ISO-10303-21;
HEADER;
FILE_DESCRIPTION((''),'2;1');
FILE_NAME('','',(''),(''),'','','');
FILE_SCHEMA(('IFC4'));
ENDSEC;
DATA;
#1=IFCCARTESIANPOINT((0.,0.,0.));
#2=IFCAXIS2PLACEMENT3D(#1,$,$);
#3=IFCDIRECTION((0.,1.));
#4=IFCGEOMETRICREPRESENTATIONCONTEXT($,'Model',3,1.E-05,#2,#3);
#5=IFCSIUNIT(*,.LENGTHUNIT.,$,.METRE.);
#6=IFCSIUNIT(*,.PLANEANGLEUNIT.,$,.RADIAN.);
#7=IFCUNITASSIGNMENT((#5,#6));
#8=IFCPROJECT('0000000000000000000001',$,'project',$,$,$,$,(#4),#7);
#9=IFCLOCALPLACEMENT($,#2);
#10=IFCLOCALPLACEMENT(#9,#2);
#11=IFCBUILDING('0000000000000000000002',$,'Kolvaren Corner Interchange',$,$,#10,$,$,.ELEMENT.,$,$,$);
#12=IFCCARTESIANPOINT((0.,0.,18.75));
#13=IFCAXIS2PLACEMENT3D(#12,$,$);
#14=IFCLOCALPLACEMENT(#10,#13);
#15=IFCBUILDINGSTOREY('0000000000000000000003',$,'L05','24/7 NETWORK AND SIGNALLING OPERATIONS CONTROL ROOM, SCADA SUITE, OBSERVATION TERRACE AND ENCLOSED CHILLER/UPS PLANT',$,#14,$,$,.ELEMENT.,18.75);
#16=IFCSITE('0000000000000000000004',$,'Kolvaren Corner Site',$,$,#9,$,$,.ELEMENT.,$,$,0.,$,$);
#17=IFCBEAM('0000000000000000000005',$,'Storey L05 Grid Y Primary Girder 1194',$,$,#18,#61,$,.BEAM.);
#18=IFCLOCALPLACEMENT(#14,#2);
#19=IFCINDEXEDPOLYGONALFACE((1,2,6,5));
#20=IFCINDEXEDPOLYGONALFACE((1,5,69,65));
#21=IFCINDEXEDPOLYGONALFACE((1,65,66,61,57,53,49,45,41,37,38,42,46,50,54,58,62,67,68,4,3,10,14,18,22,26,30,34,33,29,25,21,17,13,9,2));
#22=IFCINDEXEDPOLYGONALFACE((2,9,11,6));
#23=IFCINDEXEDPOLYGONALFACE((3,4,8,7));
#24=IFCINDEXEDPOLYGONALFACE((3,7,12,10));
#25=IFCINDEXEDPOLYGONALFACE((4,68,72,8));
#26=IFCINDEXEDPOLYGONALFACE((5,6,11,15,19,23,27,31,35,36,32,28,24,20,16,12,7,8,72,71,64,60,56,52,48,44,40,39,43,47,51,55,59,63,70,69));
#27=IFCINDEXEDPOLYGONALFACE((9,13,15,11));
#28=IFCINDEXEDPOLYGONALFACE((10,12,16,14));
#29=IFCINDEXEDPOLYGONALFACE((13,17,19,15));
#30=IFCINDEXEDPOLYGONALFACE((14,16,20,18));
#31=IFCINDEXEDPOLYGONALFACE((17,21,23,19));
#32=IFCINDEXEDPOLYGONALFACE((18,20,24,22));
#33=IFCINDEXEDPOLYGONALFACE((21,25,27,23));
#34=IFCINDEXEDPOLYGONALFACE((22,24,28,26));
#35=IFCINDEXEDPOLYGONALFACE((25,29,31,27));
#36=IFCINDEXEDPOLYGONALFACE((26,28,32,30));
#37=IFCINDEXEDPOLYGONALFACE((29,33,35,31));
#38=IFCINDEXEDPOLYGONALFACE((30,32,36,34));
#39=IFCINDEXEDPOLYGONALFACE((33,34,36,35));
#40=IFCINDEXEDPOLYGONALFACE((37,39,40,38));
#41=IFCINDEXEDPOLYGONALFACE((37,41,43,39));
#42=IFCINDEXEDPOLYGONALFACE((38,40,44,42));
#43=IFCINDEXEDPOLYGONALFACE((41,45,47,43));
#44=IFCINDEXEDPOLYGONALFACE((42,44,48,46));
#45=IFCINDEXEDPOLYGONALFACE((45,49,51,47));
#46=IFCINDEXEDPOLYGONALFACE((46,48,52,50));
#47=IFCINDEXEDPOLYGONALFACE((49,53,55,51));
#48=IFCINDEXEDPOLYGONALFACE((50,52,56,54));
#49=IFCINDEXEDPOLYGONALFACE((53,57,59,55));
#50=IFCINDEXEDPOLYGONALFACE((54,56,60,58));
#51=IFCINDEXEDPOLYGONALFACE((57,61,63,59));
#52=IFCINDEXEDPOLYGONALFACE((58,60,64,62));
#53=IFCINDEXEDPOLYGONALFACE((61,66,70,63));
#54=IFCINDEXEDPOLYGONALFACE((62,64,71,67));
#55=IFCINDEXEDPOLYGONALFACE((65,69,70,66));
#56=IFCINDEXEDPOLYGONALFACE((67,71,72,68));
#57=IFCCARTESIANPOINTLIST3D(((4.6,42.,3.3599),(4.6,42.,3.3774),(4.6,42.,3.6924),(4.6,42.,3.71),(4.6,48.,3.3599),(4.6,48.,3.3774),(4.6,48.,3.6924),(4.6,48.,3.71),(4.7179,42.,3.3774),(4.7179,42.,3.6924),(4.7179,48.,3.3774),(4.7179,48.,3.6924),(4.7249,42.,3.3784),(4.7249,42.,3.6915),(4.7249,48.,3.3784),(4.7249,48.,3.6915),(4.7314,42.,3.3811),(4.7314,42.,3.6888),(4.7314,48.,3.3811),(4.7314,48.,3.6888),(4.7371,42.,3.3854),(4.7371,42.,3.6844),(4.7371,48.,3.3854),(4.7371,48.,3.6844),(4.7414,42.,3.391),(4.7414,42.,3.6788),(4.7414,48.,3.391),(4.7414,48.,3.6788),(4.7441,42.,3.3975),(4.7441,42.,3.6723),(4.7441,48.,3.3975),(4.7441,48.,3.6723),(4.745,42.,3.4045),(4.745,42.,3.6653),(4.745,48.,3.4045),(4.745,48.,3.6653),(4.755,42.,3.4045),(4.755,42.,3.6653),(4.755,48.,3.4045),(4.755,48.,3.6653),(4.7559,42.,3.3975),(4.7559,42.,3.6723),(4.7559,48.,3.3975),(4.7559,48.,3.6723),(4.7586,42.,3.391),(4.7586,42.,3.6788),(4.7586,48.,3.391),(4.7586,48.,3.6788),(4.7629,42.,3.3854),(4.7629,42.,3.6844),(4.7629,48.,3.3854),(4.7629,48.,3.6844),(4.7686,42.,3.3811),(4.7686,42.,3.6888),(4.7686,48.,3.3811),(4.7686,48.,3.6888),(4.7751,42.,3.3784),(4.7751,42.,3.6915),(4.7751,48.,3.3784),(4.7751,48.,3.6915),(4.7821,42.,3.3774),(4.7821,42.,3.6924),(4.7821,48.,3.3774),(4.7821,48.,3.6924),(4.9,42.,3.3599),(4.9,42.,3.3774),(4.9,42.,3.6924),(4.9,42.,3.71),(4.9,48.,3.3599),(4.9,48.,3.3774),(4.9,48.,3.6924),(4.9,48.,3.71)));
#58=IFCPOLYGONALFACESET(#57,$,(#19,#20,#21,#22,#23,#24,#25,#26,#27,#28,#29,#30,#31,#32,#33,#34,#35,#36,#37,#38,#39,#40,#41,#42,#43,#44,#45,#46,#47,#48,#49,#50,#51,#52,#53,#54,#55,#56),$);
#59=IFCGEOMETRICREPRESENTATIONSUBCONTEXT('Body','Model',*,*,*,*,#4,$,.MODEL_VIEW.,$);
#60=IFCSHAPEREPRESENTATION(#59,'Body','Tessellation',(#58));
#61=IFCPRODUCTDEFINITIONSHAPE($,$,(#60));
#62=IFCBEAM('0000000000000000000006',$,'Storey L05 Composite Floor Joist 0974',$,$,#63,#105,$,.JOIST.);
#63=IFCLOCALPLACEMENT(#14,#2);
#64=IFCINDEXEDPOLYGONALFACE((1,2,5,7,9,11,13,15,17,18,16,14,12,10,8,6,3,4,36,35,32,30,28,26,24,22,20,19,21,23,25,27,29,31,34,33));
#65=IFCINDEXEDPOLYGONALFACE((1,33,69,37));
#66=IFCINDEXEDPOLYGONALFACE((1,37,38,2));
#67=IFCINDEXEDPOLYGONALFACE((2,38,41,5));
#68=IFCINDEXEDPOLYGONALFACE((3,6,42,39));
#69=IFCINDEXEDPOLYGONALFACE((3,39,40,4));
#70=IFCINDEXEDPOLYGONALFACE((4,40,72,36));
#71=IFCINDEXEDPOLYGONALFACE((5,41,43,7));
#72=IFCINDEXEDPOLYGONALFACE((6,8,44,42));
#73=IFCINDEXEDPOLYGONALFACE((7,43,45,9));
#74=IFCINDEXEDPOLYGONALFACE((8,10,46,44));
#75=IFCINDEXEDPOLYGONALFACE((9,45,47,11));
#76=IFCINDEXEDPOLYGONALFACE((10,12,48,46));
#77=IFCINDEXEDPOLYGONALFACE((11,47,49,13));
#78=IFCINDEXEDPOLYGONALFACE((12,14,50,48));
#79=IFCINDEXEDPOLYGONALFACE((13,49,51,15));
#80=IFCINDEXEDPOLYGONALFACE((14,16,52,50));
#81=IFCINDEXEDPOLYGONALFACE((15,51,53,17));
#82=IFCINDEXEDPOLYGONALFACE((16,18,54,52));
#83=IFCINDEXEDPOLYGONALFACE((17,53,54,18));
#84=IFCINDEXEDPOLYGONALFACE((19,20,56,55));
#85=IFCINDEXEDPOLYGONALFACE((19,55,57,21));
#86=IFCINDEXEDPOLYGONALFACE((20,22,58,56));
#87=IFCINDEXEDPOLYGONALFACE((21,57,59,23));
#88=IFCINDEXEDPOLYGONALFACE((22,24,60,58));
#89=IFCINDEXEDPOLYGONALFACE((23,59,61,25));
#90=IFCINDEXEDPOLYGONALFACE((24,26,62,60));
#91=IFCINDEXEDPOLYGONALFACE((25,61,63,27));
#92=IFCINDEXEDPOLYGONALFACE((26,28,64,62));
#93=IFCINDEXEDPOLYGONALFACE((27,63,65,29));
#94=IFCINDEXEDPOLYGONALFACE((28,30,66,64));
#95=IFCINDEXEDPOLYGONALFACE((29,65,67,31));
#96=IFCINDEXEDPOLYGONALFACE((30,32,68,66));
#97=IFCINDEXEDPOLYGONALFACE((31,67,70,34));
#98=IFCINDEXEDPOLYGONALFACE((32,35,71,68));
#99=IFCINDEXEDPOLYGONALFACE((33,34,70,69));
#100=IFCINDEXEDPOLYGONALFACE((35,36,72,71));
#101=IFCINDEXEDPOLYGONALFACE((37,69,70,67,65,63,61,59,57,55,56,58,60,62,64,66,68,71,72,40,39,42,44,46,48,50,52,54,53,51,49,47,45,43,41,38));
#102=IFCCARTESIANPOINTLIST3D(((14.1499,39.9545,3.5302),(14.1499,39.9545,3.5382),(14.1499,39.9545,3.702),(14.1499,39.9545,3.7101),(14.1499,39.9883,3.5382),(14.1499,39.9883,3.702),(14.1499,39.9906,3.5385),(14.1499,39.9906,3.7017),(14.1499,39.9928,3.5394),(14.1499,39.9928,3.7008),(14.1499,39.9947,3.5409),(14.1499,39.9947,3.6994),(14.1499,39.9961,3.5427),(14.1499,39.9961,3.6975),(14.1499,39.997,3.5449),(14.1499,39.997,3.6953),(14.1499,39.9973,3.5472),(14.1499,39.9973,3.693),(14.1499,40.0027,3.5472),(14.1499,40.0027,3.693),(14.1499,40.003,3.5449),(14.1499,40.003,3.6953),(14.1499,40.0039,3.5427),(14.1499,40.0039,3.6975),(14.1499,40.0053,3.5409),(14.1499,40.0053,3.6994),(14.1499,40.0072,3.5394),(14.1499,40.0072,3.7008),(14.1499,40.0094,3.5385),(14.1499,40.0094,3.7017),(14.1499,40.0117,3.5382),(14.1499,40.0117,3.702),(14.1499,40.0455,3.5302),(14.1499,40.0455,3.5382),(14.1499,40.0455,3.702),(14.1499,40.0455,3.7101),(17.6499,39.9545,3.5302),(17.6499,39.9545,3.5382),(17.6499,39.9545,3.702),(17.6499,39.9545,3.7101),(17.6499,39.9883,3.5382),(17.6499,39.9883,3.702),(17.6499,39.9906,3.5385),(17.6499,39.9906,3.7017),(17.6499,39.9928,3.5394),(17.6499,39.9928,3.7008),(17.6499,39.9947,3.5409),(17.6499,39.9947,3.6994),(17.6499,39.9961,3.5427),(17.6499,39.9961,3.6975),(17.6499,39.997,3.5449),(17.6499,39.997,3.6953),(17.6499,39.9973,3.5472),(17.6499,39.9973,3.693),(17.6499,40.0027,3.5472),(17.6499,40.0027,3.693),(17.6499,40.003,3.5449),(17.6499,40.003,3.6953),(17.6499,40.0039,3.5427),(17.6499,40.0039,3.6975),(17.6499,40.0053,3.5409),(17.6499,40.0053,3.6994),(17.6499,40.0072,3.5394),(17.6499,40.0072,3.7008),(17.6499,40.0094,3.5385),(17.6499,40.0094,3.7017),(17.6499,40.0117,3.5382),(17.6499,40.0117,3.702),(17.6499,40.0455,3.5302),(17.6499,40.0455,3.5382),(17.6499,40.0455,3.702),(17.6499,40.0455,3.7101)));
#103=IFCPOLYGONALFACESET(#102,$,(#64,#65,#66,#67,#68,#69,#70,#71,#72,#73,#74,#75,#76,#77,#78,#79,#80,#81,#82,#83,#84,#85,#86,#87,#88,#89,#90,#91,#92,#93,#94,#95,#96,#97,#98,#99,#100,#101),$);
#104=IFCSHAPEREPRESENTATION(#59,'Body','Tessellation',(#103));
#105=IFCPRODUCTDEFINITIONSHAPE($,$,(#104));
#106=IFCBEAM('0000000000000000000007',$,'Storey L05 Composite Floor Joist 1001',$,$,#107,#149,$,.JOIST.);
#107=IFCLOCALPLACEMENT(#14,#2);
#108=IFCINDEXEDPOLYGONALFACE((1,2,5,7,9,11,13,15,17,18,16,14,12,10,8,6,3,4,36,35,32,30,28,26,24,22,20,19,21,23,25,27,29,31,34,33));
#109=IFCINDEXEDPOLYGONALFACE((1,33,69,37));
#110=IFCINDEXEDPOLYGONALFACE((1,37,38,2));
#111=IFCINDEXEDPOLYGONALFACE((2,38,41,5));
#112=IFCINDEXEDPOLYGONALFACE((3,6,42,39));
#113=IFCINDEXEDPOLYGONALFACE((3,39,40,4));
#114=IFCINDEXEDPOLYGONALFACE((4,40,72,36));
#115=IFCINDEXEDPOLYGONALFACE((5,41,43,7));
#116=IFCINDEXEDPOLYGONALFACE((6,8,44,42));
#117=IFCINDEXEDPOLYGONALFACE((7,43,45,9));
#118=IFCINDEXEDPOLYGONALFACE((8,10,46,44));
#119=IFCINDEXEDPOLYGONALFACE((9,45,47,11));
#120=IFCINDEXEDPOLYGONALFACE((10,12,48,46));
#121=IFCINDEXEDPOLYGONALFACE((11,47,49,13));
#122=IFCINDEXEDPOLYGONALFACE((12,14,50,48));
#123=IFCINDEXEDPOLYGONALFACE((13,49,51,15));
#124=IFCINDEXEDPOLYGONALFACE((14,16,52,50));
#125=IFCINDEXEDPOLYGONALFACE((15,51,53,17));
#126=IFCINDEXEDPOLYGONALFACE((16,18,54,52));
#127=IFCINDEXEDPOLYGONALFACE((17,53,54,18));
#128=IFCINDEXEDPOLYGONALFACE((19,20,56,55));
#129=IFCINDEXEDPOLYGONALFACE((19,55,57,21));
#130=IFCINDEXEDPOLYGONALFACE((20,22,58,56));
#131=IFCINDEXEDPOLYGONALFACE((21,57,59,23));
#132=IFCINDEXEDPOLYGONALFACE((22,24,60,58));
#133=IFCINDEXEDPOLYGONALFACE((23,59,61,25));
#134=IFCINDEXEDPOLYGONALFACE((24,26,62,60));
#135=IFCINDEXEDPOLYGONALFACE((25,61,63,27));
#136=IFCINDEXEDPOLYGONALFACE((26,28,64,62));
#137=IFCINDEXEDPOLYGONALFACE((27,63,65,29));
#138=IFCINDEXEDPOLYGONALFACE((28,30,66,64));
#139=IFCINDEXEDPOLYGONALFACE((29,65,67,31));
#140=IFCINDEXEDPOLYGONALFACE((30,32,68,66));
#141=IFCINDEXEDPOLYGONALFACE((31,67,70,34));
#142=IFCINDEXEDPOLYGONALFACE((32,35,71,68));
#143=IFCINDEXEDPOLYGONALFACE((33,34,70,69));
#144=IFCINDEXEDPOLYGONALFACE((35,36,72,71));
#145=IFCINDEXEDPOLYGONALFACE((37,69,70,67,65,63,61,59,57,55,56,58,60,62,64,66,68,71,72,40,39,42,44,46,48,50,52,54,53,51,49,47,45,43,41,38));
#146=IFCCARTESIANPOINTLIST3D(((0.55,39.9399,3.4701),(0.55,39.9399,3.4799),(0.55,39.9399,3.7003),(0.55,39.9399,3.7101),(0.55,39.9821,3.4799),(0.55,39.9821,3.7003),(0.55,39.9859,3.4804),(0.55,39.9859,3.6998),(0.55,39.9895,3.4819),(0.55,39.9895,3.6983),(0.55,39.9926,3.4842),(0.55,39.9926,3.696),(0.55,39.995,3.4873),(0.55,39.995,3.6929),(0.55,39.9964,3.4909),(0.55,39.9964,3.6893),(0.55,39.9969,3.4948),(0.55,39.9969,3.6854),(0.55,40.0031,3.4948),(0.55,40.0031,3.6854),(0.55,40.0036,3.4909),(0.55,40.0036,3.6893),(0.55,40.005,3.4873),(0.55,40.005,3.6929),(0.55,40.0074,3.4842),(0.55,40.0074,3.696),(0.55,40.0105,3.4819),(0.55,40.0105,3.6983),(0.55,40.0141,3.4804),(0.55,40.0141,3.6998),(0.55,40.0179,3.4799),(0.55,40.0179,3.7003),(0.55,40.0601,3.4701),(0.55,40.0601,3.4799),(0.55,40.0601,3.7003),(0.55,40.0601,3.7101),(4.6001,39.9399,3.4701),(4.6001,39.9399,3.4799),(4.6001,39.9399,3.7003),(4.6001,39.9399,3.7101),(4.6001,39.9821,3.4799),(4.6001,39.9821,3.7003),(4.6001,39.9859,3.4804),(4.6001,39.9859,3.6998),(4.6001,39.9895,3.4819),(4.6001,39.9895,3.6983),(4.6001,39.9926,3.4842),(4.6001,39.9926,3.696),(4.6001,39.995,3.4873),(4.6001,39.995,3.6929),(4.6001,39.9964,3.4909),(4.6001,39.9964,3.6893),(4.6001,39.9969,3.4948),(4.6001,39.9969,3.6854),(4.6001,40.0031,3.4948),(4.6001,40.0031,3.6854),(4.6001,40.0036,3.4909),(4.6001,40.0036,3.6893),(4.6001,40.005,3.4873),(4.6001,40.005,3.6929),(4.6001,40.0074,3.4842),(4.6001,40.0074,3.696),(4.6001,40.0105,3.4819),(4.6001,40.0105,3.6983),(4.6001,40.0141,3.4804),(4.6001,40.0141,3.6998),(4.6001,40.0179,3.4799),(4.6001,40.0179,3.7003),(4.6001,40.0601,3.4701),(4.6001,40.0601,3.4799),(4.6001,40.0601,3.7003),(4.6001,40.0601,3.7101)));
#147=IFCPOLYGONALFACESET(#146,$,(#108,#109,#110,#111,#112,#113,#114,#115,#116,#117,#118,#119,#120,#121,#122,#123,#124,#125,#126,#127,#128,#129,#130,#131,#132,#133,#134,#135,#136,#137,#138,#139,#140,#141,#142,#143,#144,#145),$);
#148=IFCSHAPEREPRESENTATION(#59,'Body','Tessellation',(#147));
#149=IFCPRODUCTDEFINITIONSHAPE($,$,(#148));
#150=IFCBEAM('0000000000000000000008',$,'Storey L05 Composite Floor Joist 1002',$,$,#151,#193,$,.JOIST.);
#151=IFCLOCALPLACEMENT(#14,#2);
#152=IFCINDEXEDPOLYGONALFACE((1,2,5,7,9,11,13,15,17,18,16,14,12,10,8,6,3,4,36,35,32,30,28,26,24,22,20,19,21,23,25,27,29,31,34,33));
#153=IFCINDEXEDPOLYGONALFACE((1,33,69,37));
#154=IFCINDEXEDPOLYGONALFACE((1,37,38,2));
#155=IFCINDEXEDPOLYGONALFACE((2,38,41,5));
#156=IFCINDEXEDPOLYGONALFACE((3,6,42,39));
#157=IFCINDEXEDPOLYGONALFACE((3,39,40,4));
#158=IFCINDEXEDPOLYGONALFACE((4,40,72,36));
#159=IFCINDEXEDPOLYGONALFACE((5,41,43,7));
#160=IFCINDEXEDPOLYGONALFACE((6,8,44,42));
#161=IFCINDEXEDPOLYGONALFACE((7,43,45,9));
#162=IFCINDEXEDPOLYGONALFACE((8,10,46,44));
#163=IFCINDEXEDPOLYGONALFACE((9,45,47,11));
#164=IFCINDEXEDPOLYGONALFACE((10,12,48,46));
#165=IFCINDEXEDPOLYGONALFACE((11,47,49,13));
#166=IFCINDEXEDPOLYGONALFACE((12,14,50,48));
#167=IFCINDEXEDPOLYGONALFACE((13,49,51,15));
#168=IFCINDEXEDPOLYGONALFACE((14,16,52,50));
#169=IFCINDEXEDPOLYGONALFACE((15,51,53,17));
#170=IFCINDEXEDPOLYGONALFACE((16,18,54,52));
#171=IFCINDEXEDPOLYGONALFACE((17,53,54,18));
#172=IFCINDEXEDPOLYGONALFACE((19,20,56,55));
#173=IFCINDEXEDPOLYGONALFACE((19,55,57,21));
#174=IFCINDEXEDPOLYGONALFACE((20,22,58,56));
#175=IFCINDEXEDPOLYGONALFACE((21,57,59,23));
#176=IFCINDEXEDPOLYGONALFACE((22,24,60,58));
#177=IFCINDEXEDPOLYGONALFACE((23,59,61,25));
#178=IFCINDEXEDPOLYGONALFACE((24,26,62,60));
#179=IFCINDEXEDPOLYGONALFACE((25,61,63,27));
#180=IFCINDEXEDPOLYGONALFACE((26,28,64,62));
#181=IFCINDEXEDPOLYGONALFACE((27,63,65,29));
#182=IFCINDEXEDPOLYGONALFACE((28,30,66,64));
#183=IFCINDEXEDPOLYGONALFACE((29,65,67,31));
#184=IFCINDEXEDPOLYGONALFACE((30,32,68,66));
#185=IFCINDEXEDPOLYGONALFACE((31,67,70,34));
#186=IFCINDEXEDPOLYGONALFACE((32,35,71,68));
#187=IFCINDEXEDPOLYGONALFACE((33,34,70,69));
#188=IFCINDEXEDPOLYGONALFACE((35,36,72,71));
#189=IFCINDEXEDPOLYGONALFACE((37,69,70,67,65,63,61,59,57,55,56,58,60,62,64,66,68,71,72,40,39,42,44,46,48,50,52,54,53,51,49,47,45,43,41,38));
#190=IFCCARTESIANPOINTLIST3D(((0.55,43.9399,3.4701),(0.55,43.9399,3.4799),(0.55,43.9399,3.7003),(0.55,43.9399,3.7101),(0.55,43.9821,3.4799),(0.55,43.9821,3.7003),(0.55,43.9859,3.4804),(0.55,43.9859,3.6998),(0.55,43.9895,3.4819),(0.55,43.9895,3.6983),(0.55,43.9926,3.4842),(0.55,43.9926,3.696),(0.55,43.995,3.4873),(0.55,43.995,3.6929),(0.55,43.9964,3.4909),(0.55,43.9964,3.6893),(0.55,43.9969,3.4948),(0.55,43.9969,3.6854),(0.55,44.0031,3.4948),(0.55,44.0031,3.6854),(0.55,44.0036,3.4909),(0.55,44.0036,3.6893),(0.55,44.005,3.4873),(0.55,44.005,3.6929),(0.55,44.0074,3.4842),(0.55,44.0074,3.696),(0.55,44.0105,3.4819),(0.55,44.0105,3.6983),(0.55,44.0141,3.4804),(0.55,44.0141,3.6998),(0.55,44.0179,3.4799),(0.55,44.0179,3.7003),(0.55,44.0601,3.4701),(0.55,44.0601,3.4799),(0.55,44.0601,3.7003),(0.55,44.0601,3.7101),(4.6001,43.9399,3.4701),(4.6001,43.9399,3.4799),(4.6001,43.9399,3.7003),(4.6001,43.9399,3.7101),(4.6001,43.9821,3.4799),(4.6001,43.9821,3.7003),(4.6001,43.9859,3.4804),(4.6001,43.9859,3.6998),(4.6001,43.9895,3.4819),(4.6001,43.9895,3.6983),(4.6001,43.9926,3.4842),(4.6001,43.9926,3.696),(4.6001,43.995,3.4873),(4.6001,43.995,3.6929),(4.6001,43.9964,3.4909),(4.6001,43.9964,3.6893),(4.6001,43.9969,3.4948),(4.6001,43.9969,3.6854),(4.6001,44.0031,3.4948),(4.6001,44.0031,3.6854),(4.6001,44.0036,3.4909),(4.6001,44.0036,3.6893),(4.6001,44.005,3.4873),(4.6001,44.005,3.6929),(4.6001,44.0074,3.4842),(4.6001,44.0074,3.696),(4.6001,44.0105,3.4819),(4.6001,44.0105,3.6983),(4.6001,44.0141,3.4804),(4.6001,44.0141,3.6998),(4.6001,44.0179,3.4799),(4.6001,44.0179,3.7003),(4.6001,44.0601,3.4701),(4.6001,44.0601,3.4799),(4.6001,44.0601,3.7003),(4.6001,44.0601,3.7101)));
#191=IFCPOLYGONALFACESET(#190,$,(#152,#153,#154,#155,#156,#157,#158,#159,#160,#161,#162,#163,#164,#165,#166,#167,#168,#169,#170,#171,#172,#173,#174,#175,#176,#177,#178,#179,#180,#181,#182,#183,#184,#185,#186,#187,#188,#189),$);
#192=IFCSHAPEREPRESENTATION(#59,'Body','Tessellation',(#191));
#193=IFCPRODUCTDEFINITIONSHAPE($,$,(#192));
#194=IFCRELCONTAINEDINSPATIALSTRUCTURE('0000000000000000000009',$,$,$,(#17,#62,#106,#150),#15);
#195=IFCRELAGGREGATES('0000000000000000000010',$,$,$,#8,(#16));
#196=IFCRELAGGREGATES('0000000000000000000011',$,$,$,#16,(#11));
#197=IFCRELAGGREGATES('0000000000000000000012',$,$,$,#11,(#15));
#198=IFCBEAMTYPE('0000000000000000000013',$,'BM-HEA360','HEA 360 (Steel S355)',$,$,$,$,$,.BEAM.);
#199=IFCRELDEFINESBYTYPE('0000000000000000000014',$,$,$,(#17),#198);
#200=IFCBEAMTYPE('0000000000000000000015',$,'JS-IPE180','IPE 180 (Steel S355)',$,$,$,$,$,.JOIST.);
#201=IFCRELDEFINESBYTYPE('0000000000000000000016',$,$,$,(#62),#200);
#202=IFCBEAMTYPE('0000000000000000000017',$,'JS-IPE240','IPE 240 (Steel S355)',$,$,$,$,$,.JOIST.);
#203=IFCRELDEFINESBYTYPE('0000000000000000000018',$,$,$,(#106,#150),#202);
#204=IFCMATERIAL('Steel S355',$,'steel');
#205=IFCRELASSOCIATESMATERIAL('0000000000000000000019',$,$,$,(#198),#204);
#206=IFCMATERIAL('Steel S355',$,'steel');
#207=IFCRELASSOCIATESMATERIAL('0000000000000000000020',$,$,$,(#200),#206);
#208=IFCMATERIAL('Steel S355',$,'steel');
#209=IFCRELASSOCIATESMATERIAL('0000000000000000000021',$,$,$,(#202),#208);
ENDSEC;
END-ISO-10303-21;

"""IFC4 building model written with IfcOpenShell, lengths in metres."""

from ifc_helpers import new_model, si_unit, direction, frame, origin, origin_2d, place, context, subcontext, project, spatial, i_section, extrude, material, material_profile, profile_set, type_object, element, save


model = new_model("IFC4")

# Units and contexts
model_context = context("Model", 3, precision=1e-05, world=origin(), true_north=direction((0.0, 1.0)))
body_context = subcontext(model_context, "Body", "Model", "MODEL_VIEW")
ifc_project = project(units=[si_unit("LENGTHUNIT", "METRE"), si_unit("PLANEANGLEUNIT", "RADIAN")], contexts=[model_context])

# Site, building, storey
site_placement = place(None, origin())
site = spatial("IfcSite", under=ifc_project, at=site_placement, Name="Kolvaren Corner Site", CompositionType="ELEMENT", RefElevation=0.0)
building_placement = place(site_placement, origin())
building = spatial("IfcBuilding", under=site, at=building_placement, Name="Kolvaren Corner Interchange", CompositionType="ELEMENT")
storey_placement = place(building_placement, frame((0.0, 0.0, 18.75)))
storey = spatial("IfcBuildingStorey", under=building, at=storey_placement, Name="L05", Description="24/7 NETWORK AND SIGNALLING OPERATIONS CONTROL ROOM, SCADA SUITE, OBSERVATION TERRACE AND ENCLOSED CHILLER/UPS PLANT", CompositionType="ELEMENT", Elevation=18.75)

# Beams
ifc_material_1 = material(Name="Steel S355", Category="steel")
ifc_material_profile_1 = material_profile(ifc_material_1, i_section(OverallWidth=0.3, OverallDepth=0.3501, WebThickness=0.01, FlangeThickness=0.0176, FilletRadius=0.0271, at=origin_2d()), Name="HEA 360")
ifc_profile_set_1 = profile_set([ifc_material_profile_1], Name="Steel S355")
beam_type_1 = type_object("IfcBeamType", Name="BM-HEA360", Description="HEA 360 (Steel S355)", PredefinedType="BEAM", material=ifc_profile_set_1)
beam_1_placement = place(storey_placement, frame((4.75, 42.0, 3.5349), z_axis=(0.0, 1.0, 0.0), x_axis=(-1.0, 0.0, 0.0)))
element("IfcBeam", 1, at=beam_1_placement, inside=storey, type_object=beam_type_1, Name="Storey L05 Grid Y Primary Girder 1194", PredefinedType="BEAM", context=body_context, shape_type="SweptSolid", body=[
    extrude(i_section(OverallWidth=0.3, OverallDepth=0.3501, WebThickness=0.01, FlangeThickness=0.0176, FilletRadius=0.0271, at=origin_2d()), origin(), (0.0, 0.0, 1.0), 6.0),
])
ifc_material_2 = material(Name="Steel S355", Category="steel")
ifc_material_profile_2 = material_profile(ifc_material_2, i_section(OverallWidth=0.0911, OverallDepth=0.1799, WebThickness=0.0054, FlangeThickness=0.0081, FilletRadius=0.009, at=origin_2d()), Name="IPE 180")
ifc_profile_set_2 = profile_set([ifc_material_profile_2], Name="Steel S355")
beam_type_2 = type_object("IfcBeamType", Name="JS-IPE180", Description="IPE 180 (Steel S355)", PredefinedType="JOIST", material=ifc_profile_set_2)
beam_2_placement = place(storey_placement, frame((14.1499, 40.0, 3.6201), z_axis=(1.0, 0.0, 0.0), x_axis=(0.0, 1.0, 0.0)))
element("IfcBeam", 2, at=beam_2_placement, inside=storey, type_object=beam_type_2, Name="Storey L05 Composite Floor Joist 0974", PredefinedType="JOIST", context=body_context, shape_type="SweptSolid", body=[
    extrude(i_section(OverallWidth=0.0911, OverallDepth=0.1799, WebThickness=0.0054, FlangeThickness=0.0081, FilletRadius=0.009, at=origin_2d()), origin(), (0.0, 0.0, 1.0), 3.5),
])
ifc_material_3 = material(Name="Steel S355", Category="steel")
ifc_material_profile_3 = material_profile(ifc_material_3, i_section(OverallWidth=0.1201, OverallDepth=0.24, WebThickness=0.0061, FlangeThickness=0.0098, FilletRadius=0.0149, at=origin_2d()), Name="IPE 240")
ifc_profile_set_3 = profile_set([ifc_material_profile_3], Name="Steel S355")
beam_type_3 = type_object("IfcBeamType", Name="JS-IPE240", Description="IPE 240 (Steel S355)", PredefinedType="JOIST", material=ifc_profile_set_3)
for number, where, z_axis, x_axis, name in (
    (3, (0.55, 40.0, 3.5901), (1.0, 0.0, 0.0), (0.0, 1.0, 0.0), "Storey L05 Composite Floor Joist 1001"),
    (4, (0.55, 44.0, 3.5901), (1.0, 0.0, 0.0), (0.0, 1.0, 0.0), "Storey L05 Composite Floor Joist 1002"),
):
    element("IfcBeam", number, at=place(storey_placement, frame(where, z_axis=z_axis, x_axis=x_axis)), inside=storey, type_object=beam_type_3, Name=name, PredefinedType="JOIST", context=body_context, shape_type="SweptSolid", body=[
        extrude(i_section(OverallWidth=0.1201, OverallDepth=0.24, WebThickness=0.0061, FlangeThickness=0.0098, FilletRadius=0.0149, at=origin_2d()), origin(), (0.0, 0.0, 1.0), 4.05),
    ])

save(model, "model.ifc")
